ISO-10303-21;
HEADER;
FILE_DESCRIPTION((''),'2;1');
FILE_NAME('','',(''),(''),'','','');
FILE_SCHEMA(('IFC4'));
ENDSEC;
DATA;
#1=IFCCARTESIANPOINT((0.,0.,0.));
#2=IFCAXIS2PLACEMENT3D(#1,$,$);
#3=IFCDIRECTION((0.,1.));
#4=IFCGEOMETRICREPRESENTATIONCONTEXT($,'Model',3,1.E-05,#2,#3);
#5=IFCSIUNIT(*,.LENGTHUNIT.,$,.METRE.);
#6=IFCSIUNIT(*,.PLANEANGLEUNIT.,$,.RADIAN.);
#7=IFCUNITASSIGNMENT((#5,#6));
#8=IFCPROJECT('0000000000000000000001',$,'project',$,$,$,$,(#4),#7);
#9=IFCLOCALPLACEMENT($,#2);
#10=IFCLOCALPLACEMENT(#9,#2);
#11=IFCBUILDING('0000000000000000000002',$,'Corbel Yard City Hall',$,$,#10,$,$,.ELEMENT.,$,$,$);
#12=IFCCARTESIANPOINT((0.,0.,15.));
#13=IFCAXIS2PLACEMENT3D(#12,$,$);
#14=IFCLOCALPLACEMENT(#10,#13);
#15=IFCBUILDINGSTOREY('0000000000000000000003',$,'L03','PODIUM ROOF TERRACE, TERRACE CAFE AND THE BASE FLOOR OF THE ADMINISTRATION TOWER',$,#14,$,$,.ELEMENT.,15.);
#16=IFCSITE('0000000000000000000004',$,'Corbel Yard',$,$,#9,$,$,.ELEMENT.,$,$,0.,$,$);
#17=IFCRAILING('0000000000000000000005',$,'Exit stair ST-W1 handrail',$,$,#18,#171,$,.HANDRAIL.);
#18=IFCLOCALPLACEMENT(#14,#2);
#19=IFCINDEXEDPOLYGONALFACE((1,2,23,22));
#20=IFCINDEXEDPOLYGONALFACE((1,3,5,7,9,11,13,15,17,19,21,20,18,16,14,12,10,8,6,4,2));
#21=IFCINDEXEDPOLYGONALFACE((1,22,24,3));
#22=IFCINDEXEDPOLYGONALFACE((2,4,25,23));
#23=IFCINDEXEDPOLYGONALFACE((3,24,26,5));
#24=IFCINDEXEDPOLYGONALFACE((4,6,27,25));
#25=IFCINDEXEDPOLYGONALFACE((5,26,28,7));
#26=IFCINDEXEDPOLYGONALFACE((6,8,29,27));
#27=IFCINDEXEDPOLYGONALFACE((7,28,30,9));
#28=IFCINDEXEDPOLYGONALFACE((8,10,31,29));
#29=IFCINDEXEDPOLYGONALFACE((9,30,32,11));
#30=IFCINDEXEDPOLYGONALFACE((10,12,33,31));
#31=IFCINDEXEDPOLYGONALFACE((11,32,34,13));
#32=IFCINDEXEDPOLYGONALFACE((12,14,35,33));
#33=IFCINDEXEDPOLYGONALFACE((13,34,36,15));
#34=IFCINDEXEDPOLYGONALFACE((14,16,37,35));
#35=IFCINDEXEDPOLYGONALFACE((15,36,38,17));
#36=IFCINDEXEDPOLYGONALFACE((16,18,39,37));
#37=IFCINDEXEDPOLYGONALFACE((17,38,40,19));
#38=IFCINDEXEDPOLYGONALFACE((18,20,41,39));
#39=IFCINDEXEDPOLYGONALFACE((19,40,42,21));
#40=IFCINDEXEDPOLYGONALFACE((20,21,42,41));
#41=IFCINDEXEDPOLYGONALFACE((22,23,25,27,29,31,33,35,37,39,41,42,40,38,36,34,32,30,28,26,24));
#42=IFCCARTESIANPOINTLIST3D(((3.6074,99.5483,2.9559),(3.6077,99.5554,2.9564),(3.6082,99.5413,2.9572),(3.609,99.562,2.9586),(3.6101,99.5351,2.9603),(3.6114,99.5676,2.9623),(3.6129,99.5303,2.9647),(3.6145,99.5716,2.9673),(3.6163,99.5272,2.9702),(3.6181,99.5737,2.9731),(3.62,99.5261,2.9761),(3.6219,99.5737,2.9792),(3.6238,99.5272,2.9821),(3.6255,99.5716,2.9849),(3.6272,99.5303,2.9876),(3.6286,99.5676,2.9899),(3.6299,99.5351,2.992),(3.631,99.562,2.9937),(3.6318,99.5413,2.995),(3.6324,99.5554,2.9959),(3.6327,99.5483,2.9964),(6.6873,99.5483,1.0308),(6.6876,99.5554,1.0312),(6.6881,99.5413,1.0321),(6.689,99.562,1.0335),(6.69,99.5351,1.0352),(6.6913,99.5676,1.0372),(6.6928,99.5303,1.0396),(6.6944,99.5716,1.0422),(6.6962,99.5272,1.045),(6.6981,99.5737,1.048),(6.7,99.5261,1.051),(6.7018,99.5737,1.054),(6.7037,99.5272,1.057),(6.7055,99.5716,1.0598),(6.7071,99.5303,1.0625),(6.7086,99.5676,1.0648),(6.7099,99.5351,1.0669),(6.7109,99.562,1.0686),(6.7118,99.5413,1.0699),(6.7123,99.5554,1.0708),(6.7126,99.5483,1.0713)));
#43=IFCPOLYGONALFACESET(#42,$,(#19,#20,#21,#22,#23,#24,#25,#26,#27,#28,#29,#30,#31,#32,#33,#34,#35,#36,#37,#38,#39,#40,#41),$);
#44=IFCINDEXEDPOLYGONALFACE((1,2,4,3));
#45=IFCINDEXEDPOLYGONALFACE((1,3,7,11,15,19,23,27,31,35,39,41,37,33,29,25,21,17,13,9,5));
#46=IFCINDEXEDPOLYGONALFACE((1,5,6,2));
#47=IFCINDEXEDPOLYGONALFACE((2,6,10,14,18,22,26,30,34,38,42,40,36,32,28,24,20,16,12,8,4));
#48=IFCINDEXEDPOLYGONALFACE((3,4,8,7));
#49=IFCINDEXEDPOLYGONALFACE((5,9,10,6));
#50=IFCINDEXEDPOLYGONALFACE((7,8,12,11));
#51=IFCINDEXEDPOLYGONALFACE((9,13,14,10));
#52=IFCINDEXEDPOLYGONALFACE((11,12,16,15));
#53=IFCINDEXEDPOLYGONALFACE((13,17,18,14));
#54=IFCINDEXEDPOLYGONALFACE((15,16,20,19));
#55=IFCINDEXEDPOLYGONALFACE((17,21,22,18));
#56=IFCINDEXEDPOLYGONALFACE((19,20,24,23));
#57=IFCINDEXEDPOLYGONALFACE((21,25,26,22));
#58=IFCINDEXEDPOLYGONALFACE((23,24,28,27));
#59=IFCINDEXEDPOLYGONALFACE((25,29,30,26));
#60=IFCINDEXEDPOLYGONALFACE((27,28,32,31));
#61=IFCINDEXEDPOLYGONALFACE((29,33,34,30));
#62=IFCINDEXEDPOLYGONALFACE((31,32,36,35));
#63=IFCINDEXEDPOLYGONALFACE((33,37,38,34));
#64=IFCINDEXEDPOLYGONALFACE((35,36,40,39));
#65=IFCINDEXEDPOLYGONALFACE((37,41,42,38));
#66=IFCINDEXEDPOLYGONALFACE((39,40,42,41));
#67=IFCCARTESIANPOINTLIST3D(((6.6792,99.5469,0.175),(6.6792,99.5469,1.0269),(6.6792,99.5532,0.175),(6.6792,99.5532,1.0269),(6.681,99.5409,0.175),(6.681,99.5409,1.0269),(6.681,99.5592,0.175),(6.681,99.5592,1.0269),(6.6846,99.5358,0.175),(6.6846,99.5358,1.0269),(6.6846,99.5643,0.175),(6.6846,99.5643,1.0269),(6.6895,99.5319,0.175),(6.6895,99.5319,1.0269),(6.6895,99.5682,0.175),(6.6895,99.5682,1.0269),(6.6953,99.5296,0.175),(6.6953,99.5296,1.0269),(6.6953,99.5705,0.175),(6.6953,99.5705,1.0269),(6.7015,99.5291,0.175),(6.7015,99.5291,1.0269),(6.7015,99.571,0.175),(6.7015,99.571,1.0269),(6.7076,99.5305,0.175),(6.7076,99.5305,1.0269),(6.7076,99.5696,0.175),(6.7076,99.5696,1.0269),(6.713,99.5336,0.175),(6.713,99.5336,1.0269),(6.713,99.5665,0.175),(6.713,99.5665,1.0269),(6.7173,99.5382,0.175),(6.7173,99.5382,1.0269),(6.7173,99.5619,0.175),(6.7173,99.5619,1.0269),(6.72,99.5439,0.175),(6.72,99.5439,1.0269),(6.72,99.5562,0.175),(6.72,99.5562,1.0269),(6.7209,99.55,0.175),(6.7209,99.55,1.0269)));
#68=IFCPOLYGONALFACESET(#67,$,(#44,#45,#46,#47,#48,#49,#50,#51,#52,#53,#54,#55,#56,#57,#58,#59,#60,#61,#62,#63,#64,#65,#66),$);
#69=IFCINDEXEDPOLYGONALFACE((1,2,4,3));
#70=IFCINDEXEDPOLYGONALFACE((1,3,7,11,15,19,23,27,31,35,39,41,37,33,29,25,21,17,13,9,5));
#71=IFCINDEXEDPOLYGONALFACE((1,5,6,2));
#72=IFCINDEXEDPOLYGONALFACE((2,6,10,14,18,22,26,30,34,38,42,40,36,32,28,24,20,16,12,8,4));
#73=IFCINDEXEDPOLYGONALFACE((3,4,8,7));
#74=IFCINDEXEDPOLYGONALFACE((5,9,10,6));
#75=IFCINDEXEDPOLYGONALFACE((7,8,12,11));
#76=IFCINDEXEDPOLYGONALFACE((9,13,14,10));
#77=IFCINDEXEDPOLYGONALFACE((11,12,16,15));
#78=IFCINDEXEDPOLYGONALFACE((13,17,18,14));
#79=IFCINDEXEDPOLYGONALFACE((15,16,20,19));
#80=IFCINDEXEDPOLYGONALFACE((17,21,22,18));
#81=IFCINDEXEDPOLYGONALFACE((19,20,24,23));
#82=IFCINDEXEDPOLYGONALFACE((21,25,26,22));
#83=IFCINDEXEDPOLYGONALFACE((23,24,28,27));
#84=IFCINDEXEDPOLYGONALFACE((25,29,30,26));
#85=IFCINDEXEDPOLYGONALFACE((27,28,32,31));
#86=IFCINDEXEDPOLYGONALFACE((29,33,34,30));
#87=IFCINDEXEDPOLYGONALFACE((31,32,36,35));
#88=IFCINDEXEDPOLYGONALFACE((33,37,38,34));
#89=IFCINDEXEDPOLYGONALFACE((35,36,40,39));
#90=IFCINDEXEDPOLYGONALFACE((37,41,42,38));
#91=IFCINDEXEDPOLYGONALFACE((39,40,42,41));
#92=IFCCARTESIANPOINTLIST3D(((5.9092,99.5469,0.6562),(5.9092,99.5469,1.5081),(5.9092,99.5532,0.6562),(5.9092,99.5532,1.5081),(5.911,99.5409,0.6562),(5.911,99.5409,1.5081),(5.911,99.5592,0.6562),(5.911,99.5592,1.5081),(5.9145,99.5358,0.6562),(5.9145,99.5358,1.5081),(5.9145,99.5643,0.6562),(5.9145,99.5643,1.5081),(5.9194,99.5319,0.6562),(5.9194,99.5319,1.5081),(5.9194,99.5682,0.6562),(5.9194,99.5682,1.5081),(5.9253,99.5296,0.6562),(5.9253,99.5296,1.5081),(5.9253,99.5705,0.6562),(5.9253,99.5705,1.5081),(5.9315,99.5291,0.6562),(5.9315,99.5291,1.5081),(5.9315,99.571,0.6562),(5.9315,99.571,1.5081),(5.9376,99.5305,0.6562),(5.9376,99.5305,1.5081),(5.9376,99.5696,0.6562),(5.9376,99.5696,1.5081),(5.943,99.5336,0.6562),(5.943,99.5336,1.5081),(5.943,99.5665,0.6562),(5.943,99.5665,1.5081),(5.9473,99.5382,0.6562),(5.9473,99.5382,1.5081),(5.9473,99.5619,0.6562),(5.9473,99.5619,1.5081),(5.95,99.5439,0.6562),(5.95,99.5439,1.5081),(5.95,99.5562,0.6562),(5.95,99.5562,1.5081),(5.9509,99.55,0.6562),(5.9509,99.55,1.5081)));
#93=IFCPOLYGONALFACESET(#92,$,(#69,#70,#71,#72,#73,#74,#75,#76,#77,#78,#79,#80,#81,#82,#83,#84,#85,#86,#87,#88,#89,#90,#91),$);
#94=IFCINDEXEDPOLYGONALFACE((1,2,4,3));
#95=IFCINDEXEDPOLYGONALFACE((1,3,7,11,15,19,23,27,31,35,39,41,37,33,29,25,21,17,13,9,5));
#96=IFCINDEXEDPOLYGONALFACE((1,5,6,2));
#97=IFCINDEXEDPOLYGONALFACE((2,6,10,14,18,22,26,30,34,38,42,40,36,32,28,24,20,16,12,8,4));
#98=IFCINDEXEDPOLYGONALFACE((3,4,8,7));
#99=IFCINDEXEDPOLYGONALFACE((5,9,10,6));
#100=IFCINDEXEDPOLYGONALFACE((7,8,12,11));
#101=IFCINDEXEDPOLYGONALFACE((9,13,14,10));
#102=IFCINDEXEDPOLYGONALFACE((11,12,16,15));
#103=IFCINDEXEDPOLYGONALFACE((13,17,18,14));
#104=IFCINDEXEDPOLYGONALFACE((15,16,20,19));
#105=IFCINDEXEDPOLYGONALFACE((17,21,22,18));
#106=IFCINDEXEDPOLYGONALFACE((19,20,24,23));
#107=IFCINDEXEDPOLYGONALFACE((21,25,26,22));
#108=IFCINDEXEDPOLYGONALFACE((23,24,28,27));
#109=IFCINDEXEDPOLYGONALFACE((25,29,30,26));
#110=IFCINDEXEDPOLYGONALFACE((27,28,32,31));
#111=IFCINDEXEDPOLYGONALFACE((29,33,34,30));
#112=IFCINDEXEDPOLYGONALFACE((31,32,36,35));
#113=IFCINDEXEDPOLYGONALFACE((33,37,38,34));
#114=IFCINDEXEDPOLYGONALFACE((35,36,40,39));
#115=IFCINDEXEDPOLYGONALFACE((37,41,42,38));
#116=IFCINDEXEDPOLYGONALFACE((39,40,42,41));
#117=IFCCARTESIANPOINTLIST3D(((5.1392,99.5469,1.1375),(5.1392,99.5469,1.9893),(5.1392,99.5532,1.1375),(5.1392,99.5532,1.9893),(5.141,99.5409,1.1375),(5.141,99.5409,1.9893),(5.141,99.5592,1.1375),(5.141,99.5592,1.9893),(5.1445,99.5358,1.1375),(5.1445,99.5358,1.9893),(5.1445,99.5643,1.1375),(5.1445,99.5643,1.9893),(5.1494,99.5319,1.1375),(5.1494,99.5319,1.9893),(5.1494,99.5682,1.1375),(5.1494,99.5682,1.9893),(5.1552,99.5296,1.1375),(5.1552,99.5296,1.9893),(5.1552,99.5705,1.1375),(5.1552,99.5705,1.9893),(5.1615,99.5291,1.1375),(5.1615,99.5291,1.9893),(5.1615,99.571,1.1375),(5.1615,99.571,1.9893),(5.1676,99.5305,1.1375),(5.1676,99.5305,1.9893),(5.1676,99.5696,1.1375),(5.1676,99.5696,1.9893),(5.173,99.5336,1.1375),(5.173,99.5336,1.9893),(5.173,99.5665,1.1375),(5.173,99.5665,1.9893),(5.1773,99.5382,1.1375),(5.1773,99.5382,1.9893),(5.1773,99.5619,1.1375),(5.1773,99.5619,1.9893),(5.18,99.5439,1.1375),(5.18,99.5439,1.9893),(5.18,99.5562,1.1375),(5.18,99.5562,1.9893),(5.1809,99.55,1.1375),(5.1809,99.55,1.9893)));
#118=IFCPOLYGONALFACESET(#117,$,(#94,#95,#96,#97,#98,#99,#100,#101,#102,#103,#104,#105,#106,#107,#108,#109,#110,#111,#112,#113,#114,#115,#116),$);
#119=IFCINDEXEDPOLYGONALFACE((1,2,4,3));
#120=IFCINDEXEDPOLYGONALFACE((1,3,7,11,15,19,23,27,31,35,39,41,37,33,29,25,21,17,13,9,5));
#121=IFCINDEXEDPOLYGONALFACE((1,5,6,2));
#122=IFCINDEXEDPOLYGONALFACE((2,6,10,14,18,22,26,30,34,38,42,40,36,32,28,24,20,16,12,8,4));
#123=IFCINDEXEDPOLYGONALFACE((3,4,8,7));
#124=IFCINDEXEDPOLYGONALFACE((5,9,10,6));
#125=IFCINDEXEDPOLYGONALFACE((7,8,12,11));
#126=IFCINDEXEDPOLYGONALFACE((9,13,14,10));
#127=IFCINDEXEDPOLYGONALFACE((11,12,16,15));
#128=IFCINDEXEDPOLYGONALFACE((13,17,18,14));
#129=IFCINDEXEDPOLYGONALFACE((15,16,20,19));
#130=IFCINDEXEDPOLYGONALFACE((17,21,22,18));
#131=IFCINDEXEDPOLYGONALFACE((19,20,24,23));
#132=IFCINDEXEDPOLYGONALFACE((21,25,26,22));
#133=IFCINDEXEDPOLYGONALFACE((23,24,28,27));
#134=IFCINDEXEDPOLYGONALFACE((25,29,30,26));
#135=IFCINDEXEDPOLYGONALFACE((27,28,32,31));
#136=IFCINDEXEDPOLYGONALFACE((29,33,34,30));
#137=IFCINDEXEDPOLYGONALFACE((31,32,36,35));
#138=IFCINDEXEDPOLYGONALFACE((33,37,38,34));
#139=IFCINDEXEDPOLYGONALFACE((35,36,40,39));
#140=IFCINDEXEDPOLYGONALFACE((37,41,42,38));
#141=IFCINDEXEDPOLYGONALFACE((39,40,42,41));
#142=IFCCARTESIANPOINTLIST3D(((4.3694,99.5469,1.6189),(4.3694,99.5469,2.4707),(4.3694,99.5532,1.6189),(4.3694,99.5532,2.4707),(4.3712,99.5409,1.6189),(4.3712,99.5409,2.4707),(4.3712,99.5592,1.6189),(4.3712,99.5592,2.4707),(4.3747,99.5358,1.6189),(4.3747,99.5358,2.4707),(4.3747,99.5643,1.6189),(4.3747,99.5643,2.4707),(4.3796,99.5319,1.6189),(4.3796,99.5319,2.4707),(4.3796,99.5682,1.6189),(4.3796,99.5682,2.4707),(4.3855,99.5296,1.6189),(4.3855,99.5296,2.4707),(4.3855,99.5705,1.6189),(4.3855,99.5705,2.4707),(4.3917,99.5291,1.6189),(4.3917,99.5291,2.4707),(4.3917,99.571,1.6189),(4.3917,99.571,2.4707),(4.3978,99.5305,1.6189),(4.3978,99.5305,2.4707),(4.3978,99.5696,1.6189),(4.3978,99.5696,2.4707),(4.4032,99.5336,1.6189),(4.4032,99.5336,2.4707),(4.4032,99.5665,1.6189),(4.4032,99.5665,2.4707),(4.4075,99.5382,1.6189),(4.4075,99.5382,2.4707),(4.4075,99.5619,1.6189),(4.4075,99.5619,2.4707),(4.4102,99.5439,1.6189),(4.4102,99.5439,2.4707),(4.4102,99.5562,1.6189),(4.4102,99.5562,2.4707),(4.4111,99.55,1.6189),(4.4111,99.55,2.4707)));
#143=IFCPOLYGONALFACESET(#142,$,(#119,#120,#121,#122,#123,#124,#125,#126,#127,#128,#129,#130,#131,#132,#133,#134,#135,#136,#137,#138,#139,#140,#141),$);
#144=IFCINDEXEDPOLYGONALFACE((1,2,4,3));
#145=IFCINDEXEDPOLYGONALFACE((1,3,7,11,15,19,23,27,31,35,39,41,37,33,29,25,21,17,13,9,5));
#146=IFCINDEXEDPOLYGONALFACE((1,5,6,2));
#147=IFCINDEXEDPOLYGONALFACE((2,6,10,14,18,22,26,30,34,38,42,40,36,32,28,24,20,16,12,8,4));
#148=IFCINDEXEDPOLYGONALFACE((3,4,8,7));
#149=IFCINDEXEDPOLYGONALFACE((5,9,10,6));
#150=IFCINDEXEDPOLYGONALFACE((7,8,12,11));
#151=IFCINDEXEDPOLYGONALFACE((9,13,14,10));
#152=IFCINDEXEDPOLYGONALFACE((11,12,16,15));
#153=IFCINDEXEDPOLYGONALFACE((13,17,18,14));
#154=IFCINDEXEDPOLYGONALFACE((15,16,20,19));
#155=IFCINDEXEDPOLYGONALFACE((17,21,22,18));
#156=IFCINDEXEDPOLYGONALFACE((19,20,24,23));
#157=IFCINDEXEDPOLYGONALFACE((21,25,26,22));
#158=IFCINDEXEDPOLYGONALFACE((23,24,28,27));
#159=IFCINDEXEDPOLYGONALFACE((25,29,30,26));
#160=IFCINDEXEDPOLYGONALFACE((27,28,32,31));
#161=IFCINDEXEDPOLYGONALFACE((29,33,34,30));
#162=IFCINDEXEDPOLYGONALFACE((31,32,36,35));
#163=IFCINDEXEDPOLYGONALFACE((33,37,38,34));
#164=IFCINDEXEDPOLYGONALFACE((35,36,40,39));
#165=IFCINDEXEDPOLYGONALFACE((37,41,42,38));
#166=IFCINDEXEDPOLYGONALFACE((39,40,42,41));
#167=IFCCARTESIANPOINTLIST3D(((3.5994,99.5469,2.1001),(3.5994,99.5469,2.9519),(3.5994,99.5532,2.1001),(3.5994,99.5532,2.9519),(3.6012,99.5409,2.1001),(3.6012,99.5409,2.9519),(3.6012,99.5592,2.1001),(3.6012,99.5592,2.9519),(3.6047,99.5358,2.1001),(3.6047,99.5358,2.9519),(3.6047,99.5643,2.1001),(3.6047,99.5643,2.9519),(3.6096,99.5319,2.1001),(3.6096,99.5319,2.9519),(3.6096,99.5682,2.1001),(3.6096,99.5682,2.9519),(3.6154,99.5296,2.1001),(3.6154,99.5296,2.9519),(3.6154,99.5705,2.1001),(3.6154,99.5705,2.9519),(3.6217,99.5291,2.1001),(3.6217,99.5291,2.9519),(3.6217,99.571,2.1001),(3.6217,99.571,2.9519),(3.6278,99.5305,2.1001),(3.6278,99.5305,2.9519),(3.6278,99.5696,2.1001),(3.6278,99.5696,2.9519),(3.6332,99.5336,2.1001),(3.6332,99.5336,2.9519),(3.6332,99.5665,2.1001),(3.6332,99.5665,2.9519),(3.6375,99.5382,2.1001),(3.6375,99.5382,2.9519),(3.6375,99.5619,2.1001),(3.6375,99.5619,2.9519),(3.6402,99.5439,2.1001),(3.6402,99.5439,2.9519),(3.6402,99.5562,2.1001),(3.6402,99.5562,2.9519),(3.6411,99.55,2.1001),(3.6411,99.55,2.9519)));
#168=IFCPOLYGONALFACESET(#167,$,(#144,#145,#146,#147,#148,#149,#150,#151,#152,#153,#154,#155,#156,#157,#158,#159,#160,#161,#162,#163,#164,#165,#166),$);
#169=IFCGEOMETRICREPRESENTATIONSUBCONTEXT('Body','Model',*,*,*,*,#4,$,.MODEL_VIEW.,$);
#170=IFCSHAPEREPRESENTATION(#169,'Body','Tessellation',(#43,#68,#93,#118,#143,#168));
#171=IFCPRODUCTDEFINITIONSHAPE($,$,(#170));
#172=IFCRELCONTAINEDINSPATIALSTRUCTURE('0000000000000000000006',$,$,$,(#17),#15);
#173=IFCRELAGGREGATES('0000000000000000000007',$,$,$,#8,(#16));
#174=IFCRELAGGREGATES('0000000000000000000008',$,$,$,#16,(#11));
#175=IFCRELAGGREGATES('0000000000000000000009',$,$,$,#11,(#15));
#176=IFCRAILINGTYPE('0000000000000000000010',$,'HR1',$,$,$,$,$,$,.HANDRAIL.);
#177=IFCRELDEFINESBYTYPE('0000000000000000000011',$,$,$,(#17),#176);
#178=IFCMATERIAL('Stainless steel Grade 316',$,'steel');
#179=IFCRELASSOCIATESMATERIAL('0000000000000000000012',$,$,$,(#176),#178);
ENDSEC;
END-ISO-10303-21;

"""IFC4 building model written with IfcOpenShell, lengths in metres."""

from ifc_helpers import new_model, si_unit, direction, frame, origin, origin_2d, place, context, subcontext, project, spatial, circle, extrude, material, type_object, element, save


model = new_model("IFC4")

# Units and contexts
model_context = context("Model", 3, precision=1e-05, world=origin(), true_north=direction((0.0, 1.0)))
body_context = subcontext(model_context, "Body", "Model", "MODEL_VIEW")
ifc_project = project(units=[si_unit("LENGTHUNIT", "METRE"), si_unit("PLANEANGLEUNIT", "RADIAN")], contexts=[model_context])

# Site, building, storey
site_placement = place(None, origin())
site = spatial("IfcSite", under=ifc_project, at=site_placement, Name="Corbel Yard", CompositionType="ELEMENT", RefElevation=0.0)
building_placement = place(site_placement, origin())
building = spatial("IfcBuilding", under=site, at=building_placement, Name="Corbel Yard City Hall", CompositionType="ELEMENT")
storey_placement = place(building_placement, frame((0.0, 0.0, 15.0)))
storey = spatial("IfcBuildingStorey", under=building, at=storey_placement, Name="L03", Description="PODIUM ROOF TERRACE, TERRACE CAFE AND THE BASE FLOOR OF THE ADMINISTRATION TOWER", CompositionType="ELEMENT", Elevation=15.0)

# Shared definitions
ifc_material_1 = material(Name="Stainless steel Grade 316", Category="steel")

# Railing
railing_type = type_object("IfcRailingType", Name="HR1", PredefinedType="HANDRAIL", material=ifc_material_1)
railing_placement = place(storey_placement, frame((6.7, 99.55, 0.175)))
element("IfcRailing", 1, at=railing_placement, inside=storey, type_object=railing_type, Name="Exit stair ST-W1 handrail", PredefinedType="HANDRAIL", context=body_context, shape_type="SweptSolid", body=[
    extrude(circle(Radius=0.0239, at=origin_2d()), frame((0.0, 0.0, 0.876), z_axis=(-0.847979, 0.0, 0.530029), x_axis=(0.0, -1.0, 0.0)), (0.0, 0.0, 1.0), 3.6321),
    extrude(circle(Radius=0.021, at=origin_2d()), origin(), (0.0, 0.0, 1.0), 0.8518),
    extrude(circle(Radius=0.021, at=origin_2d()), frame((-0.77, 0.0, 0.4812)), (0.0, 0.0, 1.0), 0.8518),
    extrude(circle(Radius=0.021, at=origin_2d()), frame((-1.54, 0.0, 0.9624)), (0.0, 0.0, 1.0), 0.8518),
    extrude(circle(Radius=0.021, at=origin_2d()), frame((-2.3098, 0.0, 1.4438)), (0.0, 0.0, 1.0), 0.8518),
    extrude(circle(Radius=0.021, at=origin_2d()), frame((-3.0798, 0.0, 1.925)), (0.0, 0.0, 1.0), 0.8518),
])

save(model, "model.ifc")
